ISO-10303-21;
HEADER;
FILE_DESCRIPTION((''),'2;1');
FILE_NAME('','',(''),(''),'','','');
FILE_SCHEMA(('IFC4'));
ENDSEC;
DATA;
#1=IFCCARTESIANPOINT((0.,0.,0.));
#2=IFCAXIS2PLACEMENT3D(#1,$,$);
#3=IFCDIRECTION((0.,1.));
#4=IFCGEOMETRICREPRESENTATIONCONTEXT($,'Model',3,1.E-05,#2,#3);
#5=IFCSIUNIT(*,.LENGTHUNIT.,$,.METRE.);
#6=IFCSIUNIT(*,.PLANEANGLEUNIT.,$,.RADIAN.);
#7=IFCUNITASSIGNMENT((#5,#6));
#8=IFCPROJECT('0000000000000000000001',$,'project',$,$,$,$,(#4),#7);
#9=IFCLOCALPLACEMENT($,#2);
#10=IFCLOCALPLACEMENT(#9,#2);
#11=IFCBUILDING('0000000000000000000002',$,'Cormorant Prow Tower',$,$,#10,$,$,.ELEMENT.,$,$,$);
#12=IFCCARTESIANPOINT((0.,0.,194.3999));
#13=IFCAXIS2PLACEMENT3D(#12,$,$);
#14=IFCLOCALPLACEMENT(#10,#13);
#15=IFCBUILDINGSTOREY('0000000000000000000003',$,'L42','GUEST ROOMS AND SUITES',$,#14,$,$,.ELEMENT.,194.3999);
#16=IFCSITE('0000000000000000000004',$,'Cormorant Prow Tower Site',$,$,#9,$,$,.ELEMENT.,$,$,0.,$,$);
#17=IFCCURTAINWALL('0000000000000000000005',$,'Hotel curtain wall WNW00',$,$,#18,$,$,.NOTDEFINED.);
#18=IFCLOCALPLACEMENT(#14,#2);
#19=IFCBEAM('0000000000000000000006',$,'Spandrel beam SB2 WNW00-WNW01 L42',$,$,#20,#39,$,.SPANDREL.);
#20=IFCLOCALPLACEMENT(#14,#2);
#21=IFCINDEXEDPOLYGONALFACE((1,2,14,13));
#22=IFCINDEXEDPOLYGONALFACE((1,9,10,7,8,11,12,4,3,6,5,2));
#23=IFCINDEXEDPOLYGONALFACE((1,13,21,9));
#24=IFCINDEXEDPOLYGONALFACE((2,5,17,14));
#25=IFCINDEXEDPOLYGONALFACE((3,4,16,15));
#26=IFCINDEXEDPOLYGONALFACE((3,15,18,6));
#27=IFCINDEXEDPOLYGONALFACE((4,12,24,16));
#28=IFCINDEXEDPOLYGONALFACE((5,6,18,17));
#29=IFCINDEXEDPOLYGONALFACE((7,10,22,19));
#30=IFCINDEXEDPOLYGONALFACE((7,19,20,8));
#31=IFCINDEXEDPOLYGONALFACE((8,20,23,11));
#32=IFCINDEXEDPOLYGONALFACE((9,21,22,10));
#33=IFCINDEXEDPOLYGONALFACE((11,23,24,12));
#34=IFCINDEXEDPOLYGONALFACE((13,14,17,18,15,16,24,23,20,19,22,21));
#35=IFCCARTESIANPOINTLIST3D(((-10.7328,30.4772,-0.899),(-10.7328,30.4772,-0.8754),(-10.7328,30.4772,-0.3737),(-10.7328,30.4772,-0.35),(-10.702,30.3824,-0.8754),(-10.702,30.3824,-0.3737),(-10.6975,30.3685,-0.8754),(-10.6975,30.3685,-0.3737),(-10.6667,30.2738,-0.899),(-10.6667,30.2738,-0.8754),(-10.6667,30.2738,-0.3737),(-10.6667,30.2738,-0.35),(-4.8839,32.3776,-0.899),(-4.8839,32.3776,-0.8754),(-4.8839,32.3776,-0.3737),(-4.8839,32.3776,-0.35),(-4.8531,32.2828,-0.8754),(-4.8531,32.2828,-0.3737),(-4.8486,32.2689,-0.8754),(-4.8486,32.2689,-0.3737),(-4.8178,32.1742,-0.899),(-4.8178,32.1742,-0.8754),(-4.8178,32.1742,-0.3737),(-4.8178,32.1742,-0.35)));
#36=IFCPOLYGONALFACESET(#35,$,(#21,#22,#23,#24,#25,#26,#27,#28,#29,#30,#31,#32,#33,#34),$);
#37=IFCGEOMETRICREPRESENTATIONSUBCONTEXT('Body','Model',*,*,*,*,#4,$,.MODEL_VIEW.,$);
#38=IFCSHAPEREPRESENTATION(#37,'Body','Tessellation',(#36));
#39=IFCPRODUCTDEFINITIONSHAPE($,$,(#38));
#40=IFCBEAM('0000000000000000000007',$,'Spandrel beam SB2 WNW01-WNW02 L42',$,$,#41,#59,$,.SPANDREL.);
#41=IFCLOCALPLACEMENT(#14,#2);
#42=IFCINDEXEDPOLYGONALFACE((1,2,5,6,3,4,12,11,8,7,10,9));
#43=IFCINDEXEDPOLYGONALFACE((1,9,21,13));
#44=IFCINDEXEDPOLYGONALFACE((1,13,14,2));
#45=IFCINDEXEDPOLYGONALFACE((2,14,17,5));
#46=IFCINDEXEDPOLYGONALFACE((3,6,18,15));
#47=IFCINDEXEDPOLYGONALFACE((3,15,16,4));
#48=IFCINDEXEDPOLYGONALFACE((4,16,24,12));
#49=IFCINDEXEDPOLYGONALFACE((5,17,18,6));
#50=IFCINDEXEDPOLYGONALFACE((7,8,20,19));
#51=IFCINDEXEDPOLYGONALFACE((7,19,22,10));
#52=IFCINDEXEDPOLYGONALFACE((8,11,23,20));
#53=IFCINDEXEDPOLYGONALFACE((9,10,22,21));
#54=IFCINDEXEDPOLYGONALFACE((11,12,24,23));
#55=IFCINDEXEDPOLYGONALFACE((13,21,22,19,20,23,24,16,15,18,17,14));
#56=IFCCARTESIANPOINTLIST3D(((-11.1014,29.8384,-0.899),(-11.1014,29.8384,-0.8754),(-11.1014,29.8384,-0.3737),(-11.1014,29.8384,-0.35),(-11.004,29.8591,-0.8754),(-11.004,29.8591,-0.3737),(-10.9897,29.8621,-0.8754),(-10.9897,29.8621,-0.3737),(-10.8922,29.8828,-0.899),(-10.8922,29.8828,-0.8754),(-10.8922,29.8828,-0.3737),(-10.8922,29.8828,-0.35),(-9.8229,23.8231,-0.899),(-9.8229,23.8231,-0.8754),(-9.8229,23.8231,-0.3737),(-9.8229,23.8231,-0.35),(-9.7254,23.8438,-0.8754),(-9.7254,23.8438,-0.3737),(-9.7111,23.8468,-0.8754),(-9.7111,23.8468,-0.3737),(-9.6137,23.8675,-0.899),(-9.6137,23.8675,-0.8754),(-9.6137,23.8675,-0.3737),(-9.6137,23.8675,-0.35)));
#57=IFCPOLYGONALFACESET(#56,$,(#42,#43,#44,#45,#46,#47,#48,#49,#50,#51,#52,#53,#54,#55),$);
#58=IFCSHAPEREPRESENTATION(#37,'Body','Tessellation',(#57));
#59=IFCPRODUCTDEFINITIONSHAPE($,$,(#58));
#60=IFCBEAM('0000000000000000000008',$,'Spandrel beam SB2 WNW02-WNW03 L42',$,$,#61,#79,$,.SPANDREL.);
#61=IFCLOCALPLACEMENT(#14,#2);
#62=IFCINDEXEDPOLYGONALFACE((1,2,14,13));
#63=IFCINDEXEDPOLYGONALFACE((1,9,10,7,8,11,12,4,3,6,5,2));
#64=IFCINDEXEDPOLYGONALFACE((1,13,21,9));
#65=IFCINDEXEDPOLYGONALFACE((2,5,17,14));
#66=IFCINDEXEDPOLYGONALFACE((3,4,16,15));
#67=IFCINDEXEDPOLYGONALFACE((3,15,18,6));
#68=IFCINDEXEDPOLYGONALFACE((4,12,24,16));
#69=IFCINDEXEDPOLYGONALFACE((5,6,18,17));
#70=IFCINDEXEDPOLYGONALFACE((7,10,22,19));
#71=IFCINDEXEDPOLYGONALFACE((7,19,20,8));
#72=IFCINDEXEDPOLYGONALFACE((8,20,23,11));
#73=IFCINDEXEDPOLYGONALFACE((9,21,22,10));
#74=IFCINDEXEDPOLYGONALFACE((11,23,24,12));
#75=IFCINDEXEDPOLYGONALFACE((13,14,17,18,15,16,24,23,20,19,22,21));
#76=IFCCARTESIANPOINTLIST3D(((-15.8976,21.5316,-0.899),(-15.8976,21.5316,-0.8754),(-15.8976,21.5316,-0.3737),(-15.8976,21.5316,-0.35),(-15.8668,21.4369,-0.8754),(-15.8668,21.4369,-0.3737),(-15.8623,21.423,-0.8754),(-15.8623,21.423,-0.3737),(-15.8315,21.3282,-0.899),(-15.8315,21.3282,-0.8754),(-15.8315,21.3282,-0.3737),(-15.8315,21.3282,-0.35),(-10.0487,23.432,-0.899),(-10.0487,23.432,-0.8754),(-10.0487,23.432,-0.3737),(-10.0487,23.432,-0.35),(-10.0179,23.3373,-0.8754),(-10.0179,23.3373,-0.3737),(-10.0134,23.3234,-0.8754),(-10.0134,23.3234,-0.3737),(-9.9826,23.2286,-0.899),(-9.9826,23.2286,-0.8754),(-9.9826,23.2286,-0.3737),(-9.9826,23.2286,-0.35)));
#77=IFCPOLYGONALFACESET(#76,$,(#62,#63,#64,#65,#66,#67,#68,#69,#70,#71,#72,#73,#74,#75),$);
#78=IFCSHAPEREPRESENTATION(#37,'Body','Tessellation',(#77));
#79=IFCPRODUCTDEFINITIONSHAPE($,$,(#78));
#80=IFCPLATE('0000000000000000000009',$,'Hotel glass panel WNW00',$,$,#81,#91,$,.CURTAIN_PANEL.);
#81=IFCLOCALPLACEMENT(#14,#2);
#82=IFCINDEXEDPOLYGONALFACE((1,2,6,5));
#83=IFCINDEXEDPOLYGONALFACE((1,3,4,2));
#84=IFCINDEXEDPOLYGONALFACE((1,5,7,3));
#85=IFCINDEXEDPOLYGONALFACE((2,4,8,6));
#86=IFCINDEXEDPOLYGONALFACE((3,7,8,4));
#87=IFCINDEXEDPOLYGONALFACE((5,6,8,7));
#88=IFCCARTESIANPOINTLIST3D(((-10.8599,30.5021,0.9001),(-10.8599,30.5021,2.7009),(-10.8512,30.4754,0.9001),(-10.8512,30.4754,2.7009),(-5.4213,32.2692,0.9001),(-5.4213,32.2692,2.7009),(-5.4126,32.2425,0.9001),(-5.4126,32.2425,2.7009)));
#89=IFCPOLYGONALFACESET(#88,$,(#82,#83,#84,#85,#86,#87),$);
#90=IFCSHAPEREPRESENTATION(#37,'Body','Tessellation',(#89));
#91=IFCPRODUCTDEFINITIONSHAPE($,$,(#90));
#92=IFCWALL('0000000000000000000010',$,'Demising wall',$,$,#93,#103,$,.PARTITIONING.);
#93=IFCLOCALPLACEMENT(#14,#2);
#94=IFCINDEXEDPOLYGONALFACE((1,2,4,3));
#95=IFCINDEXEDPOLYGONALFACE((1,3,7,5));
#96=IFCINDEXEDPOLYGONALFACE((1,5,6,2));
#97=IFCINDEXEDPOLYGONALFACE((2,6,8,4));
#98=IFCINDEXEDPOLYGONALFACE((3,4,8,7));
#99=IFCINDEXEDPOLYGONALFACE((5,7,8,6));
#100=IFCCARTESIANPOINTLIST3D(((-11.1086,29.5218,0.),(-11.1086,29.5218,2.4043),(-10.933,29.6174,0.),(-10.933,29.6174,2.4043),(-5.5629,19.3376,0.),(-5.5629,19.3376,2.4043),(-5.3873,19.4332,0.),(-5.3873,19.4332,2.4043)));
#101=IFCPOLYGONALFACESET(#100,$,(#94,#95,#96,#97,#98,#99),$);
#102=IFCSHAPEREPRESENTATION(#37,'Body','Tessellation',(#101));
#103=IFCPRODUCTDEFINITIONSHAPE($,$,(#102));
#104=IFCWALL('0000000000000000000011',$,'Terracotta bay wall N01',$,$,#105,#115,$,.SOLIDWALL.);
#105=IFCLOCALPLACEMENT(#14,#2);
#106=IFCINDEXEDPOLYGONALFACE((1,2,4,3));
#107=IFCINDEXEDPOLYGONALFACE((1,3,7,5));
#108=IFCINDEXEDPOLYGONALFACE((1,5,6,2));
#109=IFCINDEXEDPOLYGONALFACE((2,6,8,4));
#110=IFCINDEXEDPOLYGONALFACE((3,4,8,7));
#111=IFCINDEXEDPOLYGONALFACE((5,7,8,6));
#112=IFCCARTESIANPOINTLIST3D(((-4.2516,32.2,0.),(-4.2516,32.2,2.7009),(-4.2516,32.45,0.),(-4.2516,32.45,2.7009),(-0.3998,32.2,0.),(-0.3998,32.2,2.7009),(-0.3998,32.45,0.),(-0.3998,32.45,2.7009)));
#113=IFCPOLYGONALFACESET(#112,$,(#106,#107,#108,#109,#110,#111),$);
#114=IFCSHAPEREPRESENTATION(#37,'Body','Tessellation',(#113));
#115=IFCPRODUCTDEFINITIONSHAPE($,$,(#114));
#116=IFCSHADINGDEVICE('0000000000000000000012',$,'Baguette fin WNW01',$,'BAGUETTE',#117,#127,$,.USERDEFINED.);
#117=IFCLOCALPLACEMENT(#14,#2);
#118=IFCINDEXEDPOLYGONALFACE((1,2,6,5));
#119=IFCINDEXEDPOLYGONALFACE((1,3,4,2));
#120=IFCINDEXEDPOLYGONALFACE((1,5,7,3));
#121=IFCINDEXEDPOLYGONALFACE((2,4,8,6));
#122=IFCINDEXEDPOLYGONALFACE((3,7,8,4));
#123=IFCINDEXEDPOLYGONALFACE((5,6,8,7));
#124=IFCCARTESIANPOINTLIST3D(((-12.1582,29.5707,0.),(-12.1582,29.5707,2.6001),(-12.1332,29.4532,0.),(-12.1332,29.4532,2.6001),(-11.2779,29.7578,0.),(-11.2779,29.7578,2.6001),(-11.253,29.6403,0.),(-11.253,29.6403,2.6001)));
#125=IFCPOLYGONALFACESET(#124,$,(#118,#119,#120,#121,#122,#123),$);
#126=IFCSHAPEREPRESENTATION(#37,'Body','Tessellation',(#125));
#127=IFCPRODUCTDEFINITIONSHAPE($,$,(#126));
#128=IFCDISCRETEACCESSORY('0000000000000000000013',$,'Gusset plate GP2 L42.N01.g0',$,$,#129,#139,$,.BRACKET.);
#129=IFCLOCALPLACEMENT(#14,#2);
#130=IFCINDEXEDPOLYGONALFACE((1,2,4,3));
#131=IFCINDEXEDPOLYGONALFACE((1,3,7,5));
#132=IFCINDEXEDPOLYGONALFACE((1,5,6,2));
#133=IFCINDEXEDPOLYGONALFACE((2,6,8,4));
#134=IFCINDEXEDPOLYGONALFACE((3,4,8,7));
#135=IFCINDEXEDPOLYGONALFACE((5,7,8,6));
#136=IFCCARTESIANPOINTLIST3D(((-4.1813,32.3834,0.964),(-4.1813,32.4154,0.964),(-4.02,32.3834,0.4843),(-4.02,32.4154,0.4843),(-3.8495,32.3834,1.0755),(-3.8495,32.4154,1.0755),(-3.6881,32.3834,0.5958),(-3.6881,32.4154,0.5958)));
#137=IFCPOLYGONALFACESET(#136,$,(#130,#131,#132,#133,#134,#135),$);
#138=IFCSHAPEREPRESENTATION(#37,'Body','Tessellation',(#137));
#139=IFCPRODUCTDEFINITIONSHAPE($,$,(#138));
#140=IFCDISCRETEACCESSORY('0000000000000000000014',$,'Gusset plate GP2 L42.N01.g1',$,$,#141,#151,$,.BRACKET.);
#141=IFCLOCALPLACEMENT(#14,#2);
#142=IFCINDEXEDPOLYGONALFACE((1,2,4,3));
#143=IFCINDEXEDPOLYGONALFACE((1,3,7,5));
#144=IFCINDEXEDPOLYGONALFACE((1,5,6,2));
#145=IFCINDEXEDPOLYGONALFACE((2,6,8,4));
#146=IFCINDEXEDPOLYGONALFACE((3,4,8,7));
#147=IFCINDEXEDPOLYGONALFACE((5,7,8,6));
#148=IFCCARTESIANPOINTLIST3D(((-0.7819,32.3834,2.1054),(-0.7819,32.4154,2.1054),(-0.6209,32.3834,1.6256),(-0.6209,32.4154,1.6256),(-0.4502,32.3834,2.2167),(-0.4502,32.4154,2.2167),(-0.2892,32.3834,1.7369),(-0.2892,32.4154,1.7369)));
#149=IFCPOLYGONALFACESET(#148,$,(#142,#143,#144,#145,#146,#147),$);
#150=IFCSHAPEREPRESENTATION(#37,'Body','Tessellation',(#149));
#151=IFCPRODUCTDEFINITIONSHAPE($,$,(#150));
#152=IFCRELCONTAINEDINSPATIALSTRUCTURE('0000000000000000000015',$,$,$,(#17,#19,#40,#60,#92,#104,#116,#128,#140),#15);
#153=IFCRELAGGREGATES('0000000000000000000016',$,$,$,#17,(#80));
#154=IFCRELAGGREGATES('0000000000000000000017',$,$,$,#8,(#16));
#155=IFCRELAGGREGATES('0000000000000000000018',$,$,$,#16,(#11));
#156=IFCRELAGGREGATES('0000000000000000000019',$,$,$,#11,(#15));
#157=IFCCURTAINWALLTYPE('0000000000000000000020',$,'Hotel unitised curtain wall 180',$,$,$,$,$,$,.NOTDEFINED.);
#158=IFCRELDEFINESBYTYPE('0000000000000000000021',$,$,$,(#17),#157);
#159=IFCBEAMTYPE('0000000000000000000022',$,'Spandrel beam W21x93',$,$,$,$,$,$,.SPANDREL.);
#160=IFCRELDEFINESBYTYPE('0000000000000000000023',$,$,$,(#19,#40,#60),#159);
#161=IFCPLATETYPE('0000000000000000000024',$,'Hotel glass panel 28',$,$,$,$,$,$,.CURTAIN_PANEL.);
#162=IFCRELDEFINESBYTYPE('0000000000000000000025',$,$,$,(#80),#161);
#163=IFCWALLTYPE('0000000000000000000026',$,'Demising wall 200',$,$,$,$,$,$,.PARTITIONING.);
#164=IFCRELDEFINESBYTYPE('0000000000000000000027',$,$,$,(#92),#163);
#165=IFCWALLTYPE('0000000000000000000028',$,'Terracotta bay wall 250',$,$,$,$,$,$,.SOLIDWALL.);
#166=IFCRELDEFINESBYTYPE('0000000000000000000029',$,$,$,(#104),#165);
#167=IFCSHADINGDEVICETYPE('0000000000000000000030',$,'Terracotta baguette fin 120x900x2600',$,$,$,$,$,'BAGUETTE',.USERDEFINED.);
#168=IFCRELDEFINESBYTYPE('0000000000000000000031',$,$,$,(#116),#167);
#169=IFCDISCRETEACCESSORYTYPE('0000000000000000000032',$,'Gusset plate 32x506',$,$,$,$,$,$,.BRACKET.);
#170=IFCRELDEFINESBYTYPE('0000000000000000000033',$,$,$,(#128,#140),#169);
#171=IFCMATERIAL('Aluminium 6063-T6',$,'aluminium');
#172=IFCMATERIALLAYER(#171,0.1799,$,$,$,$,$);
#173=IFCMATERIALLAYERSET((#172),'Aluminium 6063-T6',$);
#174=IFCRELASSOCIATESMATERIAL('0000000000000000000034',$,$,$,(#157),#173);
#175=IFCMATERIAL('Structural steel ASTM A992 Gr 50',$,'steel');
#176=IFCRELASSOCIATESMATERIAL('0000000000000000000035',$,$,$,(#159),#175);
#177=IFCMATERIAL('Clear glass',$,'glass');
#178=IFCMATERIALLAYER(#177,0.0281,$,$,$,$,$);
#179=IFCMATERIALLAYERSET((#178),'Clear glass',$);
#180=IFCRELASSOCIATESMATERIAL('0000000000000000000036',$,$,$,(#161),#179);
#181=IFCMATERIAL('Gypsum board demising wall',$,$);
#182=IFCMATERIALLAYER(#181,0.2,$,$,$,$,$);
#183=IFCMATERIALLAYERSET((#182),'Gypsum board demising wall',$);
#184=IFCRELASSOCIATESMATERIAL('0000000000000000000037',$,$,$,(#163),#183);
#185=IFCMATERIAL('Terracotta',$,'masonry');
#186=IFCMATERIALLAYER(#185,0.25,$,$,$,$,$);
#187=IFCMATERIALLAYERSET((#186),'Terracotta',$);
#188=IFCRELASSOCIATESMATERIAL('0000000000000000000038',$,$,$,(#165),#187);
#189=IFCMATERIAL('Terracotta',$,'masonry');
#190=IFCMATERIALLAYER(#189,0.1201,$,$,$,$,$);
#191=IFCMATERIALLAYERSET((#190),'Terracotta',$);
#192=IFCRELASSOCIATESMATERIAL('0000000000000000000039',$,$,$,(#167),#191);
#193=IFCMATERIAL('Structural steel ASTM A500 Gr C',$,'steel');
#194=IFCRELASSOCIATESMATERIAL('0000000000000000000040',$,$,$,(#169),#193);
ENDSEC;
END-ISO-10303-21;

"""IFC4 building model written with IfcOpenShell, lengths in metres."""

from ifc_helpers import new_model, si_unit, direction, frame, frame_2d, origin, origin_2d, place, context, subcontext, project, spatial, rectangle, i_section, extrude, material, layer, layer_set, material_profile, profile_set, type_object, element, aggregate, save


model = new_model("IFC4")

# Units and contexts
model_context = context("Model", 3, precision=1e-05, world=origin(), true_north=direction((0.0, 1.0)))
body_context = subcontext(model_context, "Body", "Model", "MODEL_VIEW")
ifc_project = project(units=[si_unit("LENGTHUNIT", "METRE"), si_unit("PLANEANGLEUNIT", "RADIAN")], contexts=[model_context])

# Site, building, storey
site_placement = place(None, origin())
site = spatial("IfcSite", under=ifc_project, at=site_placement, Name="Cormorant Prow Tower Site", CompositionType="ELEMENT", RefElevation=0.0)
building_placement = place(site_placement, origin())
building = spatial("IfcBuilding", under=site, at=building_placement, Name="Cormorant Prow Tower", CompositionType="ELEMENT")
storey_placement = place(building_placement, frame((0.0, 0.0, 194.3999)))
storey = spatial("IfcBuildingStorey", under=building, at=storey_placement, Name="L42", Description="GUEST ROOMS AND SUITES", CompositionType="ELEMENT", Elevation=194.3999)

# Curtain wall
ifc_material_1 = material(Name="Aluminium 6063-T6", Category="aluminium")
ifc_layer_1 = layer(ifc_material_1, 0.1799)
ifc_layer_set_1 = layer_set([ifc_layer_1], Name="Aluminium 6063-T6")
curtain_wall_type = type_object("IfcCurtainWallType", Name="Hotel unitised curtain wall 180", PredefinedType="NOTDEFINED", material=ifc_layer_set_1)
curtain_wall_1_placement = place(storey_placement, origin())
curtain_wall_1 = element("IfcCurtainWall", 1, at=curtain_wall_1_placement, inside=storey, type_object=curtain_wall_type, Name="Hotel curtain wall WNW00", PredefinedType="NOTDEFINED")

# Beams
ifc_material_2 = material(Name="Structural steel ASTM A992 Gr 50", Category="steel")
ifc_material_profile_1 = material_profile(ifc_material_2, i_section(OverallWidth=0.2139, OverallDepth=0.5491, WebThickness=0.0146, FlangeThickness=0.0237, at=origin_2d()), Name="W21x93")
ifc_profile_set_1 = profile_set([ifc_material_profile_1], Name="Structural steel ASTM A992 Gr 50")
beam_type_1 = type_object("IfcBeamType", Name="Spandrel beam W21x93", PredefinedType="SPANDREL", material=ifc_profile_set_1)
beam_1_placement = place(storey_placement, frame((-4.8508, 32.2759, -0.6245), z_axis=(-0.951058, -0.309013, 0.0), x_axis=(0.309013, -0.951058, 0.0)))
element("IfcBeam", 2, at=beam_1_placement, inside=storey, type_object=beam_type_1, Name="Spandrel beam SB2 WNW00-WNW01 L42", PredefinedType="SPANDREL", context=body_context, shape_type="SweptSolid", body=[
    extrude(i_section(OverallWidth=0.2139, OverallDepth=0.5491, WebThickness=0.0146, FlangeThickness=0.0237, at=origin_2d()), origin(), (0.0, 0.0, 1.0), 6.1499),
])
beam_2_placement = place(storey_placement, frame((-10.9968, 29.8606, -0.6245), z_axis=(0.207905, -0.978149, 0.0), x_axis=(0.978149, 0.207905, 0.0)))
element("IfcBeam", 3, at=beam_2_placement, inside=storey, type_object=beam_type_1, Name="Spandrel beam SB2 WNW01-WNW02 L42", PredefinedType="SPANDREL", context=body_context, shape_type="SweptSolid", body=[
    extrude(i_section(OverallWidth=0.2139, OverallDepth=0.5491, WebThickness=0.0146, FlangeThickness=0.0237, at=origin_2d()), origin(), (0.0, 0.0, 1.0), 6.1497),
])
beam_3_placement = place(storey_placement, frame((-10.0156, 23.3303, -0.6245), z_axis=(-0.951058, -0.309013, 0.0), x_axis=(0.309013, -0.951058, 0.0)))
element("IfcBeam", 4, at=beam_3_placement, inside=storey, type_object=beam_type_1, Name="Spandrel beam SB2 WNW02-WNW03 L42", PredefinedType="SPANDREL", context=body_context, shape_type="SweptSolid", body=[
    extrude(i_section(OverallWidth=0.2139, OverallDepth=0.5491, WebThickness=0.0146, FlangeThickness=0.0237, at=origin_2d()), origin(), (0.0, 0.0, 1.0), 6.1499),
])

# Plate
ifc_material_3 = material(Name="Clear glass", Category="glass")
ifc_layer_2 = layer(ifc_material_3, 0.0281)
ifc_layer_set_2 = layer_set([ifc_layer_2], Name="Clear glass")
plate_type = type_object("IfcPlateType", Name="Hotel glass panel 28", PredefinedType="CURTAIN_PANEL", material=ifc_layer_set_2)
plate_placement = place(storey_placement, frame((-8.1362, 31.3723, 0.9001), z_axis=(0.0, 0.0, 1.0), x_axis=(-0.951057, -0.309017, 0.0)))
plate = element("IfcPlate", 5, at=plate_placement, type_object=plate_type, Name="Hotel glass panel WNW00", PredefinedType="CURTAIN_PANEL", context=body_context, shape_type="SweptSolid", body=[
    extrude(rectangle(XDim=5.7185, YDim=0.0281, at=origin_2d()), origin(), (0.0, 0.0, 1.0), 1.8008),
])
aggregate(curtain_wall_1, [plate])

# Walls
ifc_material_4 = material(Name="Gypsum board demising wall")
ifc_layer_3 = layer(ifc_material_4, 0.2)
ifc_layer_set_3 = layer_set([ifc_layer_3], Name="Gypsum board demising wall")
wall_type_1 = type_object("IfcWallType", Name="Demising wall 200", PredefinedType="PARTITIONING", material=ifc_layer_set_3)
wall_1_placement = place(storey_placement, frame((-11.0208, 29.5696, 0.0), z_axis=(0.0, 0.0, 1.0), x_axis=(0.478234, -0.878232, 0.0)))
element("IfcWall", 6, at=wall_1_placement, inside=storey, type_object=wall_type_1, Name="Demising wall", PredefinedType="PARTITIONING", context=body_context, shape_type="SweptSolid", body=[
    extrude(rectangle(XDim=11.5962, YDim=0.2, at=frame_2d((5.7981, 0.0))), origin(), (0.0, 0.0, 1.0), 2.4043),
])
ifc_material_5 = material(Name="Terracotta", Category="masonry")
ifc_layer_4 = layer(ifc_material_5, 0.25)
ifc_layer_set_4 = layer_set([ifc_layer_4], Name="Terracotta")
wall_type_2 = type_object("IfcWallType", Name="Terracotta bay wall 250", PredefinedType="SOLIDWALL", material=ifc_layer_set_4)
wall_2_placement = place(storey_placement, frame((-0.3999, 32.325, 0.0), z_axis=(0.0, 0.0, 1.0), x_axis=(-1.0, 0.0, 0.0)))
element("IfcWall", 7, at=wall_2_placement, inside=storey, type_object=wall_type_2, Name="Terracotta bay wall N01", PredefinedType="SOLIDWALL", context=body_context, shape_type="SweptSolid", body=[
    extrude(rectangle(XDim=3.8518, YDim=0.25, at=frame_2d((1.9258, 0.0))), origin(), (0.0, 0.0, 1.0), 2.7009),
])

# Shading device
ifc_material_6 = material(Name="Terracotta", Category="masonry")
ifc_layer_5 = layer(ifc_material_6, 0.1201)
ifc_layer_set_5 = layer_set([ifc_layer_5], Name="Terracotta")
shading_device_type = type_object("IfcShadingDeviceType", Name="Terracotta baguette fin 120x900x2600", ElementType="BAGUETTE", PredefinedType="USERDEFINED", material=ifc_layer_set_5)
shading_device_placement = place(storey_placement, frame((-11.7056, 29.6055, 0.0), z_axis=(0.0, 0.0, 1.0), x_axis=(0.207912, -0.978148, 0.0)))
element("IfcShadingDevice", 8, at=shading_device_placement, inside=storey, type_object=shading_device_type, Name="Baguette fin WNW01", ObjectType="BAGUETTE", PredefinedType="USERDEFINED", context=body_context, shape_type="SweptSolid", body=[
    extrude(rectangle(XDim=0.1201, YDim=0.8999, at=origin_2d()), origin(), (0.0, 0.0, 1.0), 2.6001),
])

# Discrete accessories
ifc_material_7 = material(Name="Structural steel ASTM A500 Gr C", Category="steel")
ifc_material_profile_2 = material_profile(ifc_material_7, rectangle(XDim=0.032, YDim=0.5061, at=origin_2d()), Name="Gusset plate 32x506")
ifc_profile_set_2 = profile_set([ifc_material_profile_2], Name="Structural steel ASTM A500 Gr C")
discrete_accessory_type = type_object("IfcDiscreteAccessoryType", Name="Gusset plate 32x506", PredefinedType="BRACKET", material=ifc_profile_set_2)
discrete_accessory_1_placement = place(storey_placement, frame((-3.7688, 32.3994, 0.8357), z_axis=(-0.947843, 0.0, -0.318738), x_axis=(0.0, -1.0, 0.0)))
element("IfcDiscreteAccessory", 9, at=discrete_accessory_1_placement, inside=storey, type_object=discrete_accessory_type, Name="Gusset plate GP2 L42.N01.g0", PredefinedType="BRACKET", context=body_context, shape_type="SweptSolid", body=[
    extrude(rectangle(XDim=0.032, YDim=0.5061, at=origin_2d()), origin(), (0.0, 0.0, 1.0), 0.3501),
])
discrete_accessory_2_placement = place(storey_placement, frame((-0.7014, 32.3994, 1.8655), z_axis=(0.948054, 0.0, 0.318111), x_axis=(0.0, 1.0, 0.0)))
element("IfcDiscreteAccessory", 10, at=discrete_accessory_2_placement, inside=storey, type_object=discrete_accessory_type, Name="Gusset plate GP2 L42.N01.g1", PredefinedType="BRACKET", context=body_context, shape_type="SweptSolid", body=[
    extrude(rectangle(XDim=0.032, YDim=0.5061, at=origin_2d()), origin(), (0.0, 0.0, 1.0), 0.3499),
])

save(model, "model.ifc")
